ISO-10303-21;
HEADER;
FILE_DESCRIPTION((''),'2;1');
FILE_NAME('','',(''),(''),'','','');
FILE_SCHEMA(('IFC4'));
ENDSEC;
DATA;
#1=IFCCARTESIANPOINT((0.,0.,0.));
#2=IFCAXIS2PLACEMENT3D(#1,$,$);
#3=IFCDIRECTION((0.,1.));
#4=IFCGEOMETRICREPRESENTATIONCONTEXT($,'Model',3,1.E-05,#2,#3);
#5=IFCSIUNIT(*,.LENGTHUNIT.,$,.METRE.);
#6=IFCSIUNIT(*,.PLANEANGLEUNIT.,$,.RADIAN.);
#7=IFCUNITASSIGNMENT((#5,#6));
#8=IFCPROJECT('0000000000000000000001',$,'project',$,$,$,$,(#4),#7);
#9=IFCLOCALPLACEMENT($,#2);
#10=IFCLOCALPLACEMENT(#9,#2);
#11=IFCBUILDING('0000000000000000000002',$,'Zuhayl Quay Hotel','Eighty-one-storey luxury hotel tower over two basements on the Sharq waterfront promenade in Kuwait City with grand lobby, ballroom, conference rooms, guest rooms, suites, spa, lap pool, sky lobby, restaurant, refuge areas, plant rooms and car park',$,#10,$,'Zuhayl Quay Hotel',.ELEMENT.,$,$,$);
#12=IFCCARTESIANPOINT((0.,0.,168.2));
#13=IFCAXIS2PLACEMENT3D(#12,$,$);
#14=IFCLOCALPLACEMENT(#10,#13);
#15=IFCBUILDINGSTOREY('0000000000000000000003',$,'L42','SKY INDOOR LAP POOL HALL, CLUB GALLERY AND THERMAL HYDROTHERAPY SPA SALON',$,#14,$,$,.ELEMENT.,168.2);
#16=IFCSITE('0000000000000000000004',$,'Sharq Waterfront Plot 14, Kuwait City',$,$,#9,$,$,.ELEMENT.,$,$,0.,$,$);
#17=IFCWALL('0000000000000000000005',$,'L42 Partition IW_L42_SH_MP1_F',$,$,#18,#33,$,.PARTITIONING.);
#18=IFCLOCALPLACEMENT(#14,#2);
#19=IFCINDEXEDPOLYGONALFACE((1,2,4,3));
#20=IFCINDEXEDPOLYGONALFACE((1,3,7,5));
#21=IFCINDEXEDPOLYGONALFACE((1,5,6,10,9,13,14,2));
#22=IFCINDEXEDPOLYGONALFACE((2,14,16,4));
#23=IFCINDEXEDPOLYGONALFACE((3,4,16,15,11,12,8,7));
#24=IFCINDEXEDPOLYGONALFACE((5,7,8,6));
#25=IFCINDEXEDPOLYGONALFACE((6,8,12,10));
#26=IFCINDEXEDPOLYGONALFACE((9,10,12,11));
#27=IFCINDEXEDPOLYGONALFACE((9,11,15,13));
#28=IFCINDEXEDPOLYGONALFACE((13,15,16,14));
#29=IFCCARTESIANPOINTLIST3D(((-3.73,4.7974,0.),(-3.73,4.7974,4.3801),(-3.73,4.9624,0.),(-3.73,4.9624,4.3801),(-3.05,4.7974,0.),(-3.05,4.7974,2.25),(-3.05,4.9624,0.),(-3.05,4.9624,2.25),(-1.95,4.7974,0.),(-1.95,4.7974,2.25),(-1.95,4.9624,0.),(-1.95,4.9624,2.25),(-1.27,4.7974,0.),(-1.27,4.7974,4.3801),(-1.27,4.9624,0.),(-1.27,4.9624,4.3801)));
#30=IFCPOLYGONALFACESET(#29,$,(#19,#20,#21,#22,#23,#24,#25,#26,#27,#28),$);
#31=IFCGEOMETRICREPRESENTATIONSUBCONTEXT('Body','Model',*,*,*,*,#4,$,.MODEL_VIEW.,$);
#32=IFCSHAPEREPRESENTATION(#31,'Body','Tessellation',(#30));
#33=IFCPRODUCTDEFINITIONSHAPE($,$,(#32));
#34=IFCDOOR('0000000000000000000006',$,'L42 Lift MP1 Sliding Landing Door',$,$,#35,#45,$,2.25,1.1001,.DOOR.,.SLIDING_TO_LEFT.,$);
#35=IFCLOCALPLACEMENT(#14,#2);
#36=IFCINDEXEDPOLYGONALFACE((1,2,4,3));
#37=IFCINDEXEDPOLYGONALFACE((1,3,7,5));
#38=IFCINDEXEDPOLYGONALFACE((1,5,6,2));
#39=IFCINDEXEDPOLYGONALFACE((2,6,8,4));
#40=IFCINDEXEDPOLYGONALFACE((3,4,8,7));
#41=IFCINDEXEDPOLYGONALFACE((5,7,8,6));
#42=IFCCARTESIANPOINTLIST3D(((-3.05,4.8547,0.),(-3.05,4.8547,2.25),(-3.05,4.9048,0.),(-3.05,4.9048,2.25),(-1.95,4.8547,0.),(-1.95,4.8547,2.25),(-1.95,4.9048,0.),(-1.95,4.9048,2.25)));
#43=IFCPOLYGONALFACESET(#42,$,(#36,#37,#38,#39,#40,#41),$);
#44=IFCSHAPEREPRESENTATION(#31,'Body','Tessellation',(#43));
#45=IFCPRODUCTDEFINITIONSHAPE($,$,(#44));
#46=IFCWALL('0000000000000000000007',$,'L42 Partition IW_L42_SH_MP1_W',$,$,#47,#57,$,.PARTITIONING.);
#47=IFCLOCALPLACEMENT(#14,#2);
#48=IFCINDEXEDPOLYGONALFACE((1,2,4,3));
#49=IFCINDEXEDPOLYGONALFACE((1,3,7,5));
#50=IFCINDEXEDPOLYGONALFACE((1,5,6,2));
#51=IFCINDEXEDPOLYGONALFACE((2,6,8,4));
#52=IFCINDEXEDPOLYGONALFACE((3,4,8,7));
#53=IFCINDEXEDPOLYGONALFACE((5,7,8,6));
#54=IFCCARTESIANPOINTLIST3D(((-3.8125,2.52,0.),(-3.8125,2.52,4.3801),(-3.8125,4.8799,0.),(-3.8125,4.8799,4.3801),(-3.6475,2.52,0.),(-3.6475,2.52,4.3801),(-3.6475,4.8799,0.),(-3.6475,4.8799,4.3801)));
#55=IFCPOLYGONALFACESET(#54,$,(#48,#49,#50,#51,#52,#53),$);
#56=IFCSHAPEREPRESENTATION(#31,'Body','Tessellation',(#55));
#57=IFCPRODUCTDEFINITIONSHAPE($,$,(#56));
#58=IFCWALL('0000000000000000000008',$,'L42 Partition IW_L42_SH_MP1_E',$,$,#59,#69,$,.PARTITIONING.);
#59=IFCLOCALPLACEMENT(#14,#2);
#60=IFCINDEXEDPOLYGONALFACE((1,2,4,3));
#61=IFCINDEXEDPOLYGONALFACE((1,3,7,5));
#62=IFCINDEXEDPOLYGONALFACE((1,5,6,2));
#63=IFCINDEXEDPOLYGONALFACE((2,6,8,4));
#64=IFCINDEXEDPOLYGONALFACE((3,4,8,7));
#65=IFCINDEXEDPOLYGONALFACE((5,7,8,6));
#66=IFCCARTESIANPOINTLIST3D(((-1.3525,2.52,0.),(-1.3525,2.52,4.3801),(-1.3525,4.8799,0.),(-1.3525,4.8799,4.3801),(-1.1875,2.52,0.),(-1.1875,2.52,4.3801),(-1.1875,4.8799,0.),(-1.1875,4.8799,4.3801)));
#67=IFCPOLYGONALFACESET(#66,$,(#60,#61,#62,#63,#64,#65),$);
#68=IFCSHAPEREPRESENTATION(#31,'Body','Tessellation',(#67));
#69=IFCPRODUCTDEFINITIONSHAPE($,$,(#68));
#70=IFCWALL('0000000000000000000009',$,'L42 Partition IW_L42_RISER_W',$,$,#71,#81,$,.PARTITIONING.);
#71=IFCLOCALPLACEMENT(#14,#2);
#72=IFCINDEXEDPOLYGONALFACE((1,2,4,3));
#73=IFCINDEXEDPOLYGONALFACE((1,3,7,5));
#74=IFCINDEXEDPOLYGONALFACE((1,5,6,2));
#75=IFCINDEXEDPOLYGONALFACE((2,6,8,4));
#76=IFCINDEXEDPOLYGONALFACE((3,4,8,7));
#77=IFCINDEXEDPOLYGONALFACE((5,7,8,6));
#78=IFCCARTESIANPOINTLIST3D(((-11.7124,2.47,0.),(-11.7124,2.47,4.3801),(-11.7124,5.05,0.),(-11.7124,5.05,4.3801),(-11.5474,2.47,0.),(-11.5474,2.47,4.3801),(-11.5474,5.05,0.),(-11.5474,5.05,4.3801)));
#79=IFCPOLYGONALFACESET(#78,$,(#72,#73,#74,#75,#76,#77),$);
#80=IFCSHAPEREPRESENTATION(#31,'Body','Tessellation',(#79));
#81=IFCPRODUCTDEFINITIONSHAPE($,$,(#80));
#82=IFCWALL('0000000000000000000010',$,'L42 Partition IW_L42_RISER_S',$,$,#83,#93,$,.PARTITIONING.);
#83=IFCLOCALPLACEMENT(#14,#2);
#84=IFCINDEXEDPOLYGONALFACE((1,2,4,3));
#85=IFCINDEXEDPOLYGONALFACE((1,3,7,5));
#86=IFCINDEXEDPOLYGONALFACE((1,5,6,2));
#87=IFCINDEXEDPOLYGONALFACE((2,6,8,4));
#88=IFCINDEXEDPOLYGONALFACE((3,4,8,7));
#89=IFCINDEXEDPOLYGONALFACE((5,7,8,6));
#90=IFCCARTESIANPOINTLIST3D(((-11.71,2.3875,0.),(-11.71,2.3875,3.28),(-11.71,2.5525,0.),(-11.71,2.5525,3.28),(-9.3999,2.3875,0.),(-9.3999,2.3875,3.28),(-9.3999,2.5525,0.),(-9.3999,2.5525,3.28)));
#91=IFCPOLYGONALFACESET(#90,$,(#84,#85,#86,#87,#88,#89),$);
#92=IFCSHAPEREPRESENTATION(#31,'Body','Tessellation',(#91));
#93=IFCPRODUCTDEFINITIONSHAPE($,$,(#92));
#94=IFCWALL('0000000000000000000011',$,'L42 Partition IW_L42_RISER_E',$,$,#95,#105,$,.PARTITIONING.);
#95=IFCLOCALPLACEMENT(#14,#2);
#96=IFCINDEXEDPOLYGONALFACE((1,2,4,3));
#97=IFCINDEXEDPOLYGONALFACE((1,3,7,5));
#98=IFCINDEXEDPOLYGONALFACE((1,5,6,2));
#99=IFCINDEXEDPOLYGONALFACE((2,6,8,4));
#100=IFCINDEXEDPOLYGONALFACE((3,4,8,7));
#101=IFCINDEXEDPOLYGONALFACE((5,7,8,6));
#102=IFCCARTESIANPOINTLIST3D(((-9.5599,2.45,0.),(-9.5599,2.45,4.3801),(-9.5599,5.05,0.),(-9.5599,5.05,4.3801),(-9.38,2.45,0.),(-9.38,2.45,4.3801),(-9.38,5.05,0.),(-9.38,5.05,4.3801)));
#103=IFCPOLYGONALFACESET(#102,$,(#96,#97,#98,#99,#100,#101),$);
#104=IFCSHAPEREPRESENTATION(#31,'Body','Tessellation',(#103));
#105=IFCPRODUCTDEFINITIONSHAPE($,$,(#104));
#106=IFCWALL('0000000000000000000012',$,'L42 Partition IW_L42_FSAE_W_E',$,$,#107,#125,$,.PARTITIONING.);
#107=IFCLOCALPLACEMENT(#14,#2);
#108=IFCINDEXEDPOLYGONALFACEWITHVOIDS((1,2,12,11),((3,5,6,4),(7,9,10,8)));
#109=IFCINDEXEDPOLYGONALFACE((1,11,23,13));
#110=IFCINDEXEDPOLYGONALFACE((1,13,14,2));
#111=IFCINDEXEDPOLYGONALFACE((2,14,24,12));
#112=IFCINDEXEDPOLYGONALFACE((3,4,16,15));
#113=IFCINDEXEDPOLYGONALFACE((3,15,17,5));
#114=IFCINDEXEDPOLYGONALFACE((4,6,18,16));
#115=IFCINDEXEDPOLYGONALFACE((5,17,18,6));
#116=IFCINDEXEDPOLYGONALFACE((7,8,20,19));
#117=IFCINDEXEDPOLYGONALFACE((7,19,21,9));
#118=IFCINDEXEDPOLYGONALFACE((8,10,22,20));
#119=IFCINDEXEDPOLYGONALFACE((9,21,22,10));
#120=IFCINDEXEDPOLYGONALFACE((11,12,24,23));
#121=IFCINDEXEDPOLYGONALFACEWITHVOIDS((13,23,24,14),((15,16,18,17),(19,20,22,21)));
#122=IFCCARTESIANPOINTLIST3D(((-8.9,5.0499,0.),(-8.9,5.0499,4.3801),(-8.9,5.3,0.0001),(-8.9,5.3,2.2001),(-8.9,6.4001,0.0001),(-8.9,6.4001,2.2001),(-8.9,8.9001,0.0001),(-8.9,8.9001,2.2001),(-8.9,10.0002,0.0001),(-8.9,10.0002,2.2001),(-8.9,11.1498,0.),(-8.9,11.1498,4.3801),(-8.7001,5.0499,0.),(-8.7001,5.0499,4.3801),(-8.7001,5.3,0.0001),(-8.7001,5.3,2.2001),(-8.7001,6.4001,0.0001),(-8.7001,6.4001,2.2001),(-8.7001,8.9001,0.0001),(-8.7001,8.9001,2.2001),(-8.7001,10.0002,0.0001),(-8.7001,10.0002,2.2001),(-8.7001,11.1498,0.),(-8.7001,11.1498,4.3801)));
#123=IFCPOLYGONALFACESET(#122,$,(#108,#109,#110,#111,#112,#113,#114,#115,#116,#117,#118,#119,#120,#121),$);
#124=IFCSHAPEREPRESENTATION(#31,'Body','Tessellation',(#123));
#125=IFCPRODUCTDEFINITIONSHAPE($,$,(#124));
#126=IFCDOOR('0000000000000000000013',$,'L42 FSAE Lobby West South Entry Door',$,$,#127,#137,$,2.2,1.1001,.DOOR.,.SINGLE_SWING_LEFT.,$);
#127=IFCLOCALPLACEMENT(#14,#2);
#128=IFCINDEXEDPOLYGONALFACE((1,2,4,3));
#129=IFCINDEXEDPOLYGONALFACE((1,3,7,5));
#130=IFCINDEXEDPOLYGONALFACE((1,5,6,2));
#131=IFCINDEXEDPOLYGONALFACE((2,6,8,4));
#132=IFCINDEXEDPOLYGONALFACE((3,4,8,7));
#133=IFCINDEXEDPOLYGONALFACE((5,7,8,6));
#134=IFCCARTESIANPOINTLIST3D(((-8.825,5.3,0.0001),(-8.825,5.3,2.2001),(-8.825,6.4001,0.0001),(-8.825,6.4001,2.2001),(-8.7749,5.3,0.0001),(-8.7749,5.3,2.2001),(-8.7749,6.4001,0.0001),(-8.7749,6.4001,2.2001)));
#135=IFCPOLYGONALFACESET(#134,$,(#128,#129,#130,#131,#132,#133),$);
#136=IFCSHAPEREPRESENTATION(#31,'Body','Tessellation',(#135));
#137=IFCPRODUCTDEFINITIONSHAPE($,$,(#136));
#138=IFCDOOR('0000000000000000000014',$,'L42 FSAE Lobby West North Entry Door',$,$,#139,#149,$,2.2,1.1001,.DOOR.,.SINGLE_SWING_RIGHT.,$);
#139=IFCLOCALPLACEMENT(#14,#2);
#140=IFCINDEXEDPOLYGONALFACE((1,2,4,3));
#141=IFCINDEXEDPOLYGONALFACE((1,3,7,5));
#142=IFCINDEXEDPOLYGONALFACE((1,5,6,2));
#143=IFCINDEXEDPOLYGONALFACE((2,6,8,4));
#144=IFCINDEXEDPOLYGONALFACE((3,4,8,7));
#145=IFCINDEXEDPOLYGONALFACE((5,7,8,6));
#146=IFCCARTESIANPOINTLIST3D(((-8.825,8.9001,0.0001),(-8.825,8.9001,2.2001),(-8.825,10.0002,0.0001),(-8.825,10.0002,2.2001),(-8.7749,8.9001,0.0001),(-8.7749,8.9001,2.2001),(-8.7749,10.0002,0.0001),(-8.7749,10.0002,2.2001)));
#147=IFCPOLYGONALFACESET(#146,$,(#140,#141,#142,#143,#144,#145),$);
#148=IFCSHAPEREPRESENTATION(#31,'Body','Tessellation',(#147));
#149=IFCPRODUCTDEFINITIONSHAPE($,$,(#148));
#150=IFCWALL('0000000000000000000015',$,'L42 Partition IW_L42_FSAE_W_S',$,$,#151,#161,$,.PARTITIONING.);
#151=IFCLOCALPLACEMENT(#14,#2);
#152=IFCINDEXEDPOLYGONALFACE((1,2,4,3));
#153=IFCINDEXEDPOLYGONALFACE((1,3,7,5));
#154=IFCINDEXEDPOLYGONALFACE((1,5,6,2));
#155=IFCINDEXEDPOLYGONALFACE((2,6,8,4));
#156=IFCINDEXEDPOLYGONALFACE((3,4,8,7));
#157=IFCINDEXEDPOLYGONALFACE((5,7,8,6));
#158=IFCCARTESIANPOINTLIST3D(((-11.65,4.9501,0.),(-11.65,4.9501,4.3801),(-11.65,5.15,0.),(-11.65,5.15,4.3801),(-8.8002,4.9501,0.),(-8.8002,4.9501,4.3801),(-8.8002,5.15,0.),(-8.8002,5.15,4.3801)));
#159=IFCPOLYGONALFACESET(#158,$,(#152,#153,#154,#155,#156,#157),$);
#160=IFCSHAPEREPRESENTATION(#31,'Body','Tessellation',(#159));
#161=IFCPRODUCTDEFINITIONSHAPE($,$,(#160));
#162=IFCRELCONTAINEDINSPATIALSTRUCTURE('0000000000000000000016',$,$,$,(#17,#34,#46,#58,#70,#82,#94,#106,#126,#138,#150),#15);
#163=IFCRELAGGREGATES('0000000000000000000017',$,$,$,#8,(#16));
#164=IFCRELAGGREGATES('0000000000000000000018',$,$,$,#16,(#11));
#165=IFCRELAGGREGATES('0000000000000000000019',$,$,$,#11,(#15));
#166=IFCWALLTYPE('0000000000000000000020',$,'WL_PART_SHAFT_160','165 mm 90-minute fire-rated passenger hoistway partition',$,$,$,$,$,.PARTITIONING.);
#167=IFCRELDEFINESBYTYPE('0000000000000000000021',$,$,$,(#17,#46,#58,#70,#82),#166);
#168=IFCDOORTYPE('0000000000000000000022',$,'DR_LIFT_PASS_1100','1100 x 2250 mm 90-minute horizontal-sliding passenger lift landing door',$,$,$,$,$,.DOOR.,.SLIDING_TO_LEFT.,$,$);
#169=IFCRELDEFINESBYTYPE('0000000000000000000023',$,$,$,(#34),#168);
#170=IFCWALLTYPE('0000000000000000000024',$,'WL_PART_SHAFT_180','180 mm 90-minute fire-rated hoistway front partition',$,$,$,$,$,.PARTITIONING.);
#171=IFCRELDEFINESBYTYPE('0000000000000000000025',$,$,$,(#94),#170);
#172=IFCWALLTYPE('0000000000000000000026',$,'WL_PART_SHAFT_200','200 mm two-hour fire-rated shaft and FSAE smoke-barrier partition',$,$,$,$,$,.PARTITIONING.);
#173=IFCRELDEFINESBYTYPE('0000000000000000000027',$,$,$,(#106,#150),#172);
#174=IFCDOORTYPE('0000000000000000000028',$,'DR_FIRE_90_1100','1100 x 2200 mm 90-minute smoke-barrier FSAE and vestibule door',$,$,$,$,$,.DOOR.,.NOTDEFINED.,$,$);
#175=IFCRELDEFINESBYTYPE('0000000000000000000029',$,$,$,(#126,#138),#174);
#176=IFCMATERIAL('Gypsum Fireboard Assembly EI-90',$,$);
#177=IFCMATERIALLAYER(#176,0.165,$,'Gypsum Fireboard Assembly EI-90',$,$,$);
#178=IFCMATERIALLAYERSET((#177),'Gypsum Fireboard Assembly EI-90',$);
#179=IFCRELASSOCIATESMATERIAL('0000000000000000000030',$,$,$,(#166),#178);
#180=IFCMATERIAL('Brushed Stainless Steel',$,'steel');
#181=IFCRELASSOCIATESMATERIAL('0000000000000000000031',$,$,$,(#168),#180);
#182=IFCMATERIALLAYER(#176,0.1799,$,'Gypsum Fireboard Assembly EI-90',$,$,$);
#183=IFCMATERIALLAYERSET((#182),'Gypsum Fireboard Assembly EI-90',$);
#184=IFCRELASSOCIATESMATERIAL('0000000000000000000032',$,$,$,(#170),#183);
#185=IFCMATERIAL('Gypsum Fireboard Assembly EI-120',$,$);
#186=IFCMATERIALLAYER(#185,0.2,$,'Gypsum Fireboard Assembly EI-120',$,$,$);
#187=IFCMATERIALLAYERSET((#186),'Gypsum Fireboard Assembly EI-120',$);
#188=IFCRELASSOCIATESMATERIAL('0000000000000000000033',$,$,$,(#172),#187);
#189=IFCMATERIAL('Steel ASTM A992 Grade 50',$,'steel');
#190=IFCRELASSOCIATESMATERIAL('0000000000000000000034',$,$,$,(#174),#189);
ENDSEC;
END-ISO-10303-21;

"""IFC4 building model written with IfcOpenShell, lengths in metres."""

from ifc_helpers import new_model, si_unit, direction, frame, frame_2d, origin, place, context, subcontext, project, spatial, rectangle, extrude, material, layer, layer_set, type_object, element, fill, save


model = new_model("IFC4")

# Units and contexts
model_context = context("Model", 3, precision=1e-05, world=origin(), true_north=direction((0.0, 1.0)))
body_context = subcontext(model_context, "Body", "Model", "MODEL_VIEW")
ifc_project = project(units=[si_unit("LENGTHUNIT", "METRE"), si_unit("PLANEANGLEUNIT", "RADIAN")], contexts=[model_context])

# Site, building, storey
site_placement = place(None, origin())
site = spatial("IfcSite", under=ifc_project, at=site_placement, Name="Sharq Waterfront Plot 14, Kuwait City", CompositionType="ELEMENT", RefElevation=0.0)
building_placement = place(site_placement, origin())
building = spatial("IfcBuilding", under=site, at=building_placement, Name="Zuhayl Quay Hotel", Description="Eighty-one-storey luxury hotel tower over two basements on the Sharq waterfront promenade in Kuwait City with grand lobby, ballroom, conference rooms, guest rooms, suites, spa, lap pool, sky lobby, restaurant, refuge areas, plant rooms and car park", LongName="Zuhayl Quay Hotel", CompositionType="ELEMENT")
storey_placement = place(building_placement, frame((0.0, 0.0, 168.2)))
storey = spatial("IfcBuildingStorey", under=building, at=storey_placement, Name="L42", Description="SKY INDOOR LAP POOL HALL, CLUB GALLERY AND THERMAL HYDROTHERAPY SPA SALON", CompositionType="ELEMENT", Elevation=168.2)

# Shared definitions
ifc_material_1 = material(Name="Steel ASTM A992 Grade 50", Category="steel")

# Wall, opening, door
ifc_material_2 = material(Name="Gypsum Fireboard Assembly EI-90")
ifc_layer_1 = layer(ifc_material_2, 0.165, Name="Gypsum Fireboard Assembly EI-90")
ifc_layer_set_1 = layer_set([ifc_layer_1], Name="Gypsum Fireboard Assembly EI-90")
wall_type_1 = type_object("IfcWallType", Name="WL_PART_SHAFT_160", Description="165 mm 90-minute fire-rated passenger hoistway partition", PredefinedType="PARTITIONING", material=ifc_layer_set_1)
wall_1_placement = place(storey_placement, frame((-3.73, 4.8799, 0.0), z_axis=(0.0, 0.0, 1.0), x_axis=(1.0, 0.0, 0.0)))
wall_1 = element("IfcWall", 1, at=wall_1_placement, inside=storey, type_object=wall_type_1, Name="L42 Partition IW_L42_SH_MP1_F", PredefinedType="PARTITIONING", context=body_context, shape_type="SweptSolid", body=[
    extrude(rectangle(XDim=2.46, YDim=0.165, at=frame_2d((1.23, 0.0))), origin(), (0.0, 0.0, 1.0), 4.3801),
])
opening_1_placement = place(wall_1_placement, frame((0.6799, 0.0, 0.0)))
opening_1 = element("IfcOpeningElement", 2, at=opening_1_placement, cuts=wall_1, PredefinedType="OPENING", context=body_context, shape_type="SweptSolid", body=[
    extrude(rectangle(XDim=1.1001, YDim=2.25, at=frame_2d((0.55, 1.125))), frame((0.0, 0.0925, 0.0), z_axis=(0.0, -1.0, 0.0), x_axis=(1.0, 0.0, 0.0)), (0.0, 0.0, 1.0), 0.1851),
])
ifc_material_3 = material(Name="Brushed Stainless Steel", Category="steel")
door_type_1 = type_object("IfcDoorType", Name="DR_LIFT_PASS_1100", Description="1100 x 2250 mm 90-minute horizontal-sliding passenger lift landing door", OperationType="SLIDING_TO_LEFT", PredefinedType="DOOR", material=ifc_material_3)
door_1_placement = place(opening_1_placement, origin())
door_1 = element("IfcDoor", 3, at=door_1_placement, inside=storey, type_object=door_type_1, Name="L42 Lift MP1 Sliding Landing Door", OperationType="SLIDING_TO_LEFT", OverallHeight=2.25, OverallWidth=1.1001, PredefinedType="DOOR", context=body_context, shape_type="SweptSolid", body=[
    extrude(rectangle(XDim=1.1001, YDim=2.25, at=frame_2d((0.55, 1.125))), frame((0.0, 0.0249, 0.0), z_axis=(0.0, -1.0, 0.0), x_axis=(1.0, 0.0, 0.0)), (0.0, 0.0, 1.0), 0.05),
])
fill(opening_1, door_1)

# Walls
for number, where, z_axis, x_axis, name in (
    (4, (-3.73, 2.52, 0.0), (0.0, 0.0, 1.0), (0.0, 1.0, 0.0), "L42 Partition IW_L42_SH_MP1_W"),
    (5, (-1.27, 2.52, 0.0), (0.0, 0.0, 1.0), (0.0, 1.0, 0.0), "L42 Partition IW_L42_SH_MP1_E"),
):
    element("IfcWall", number, at=place(storey_placement, frame(where, z_axis=z_axis, x_axis=x_axis)), inside=storey, type_object=wall_type_1, Name=name, PredefinedType="PARTITIONING", context=body_context, shape_type="SweptSolid", body=[
        extrude(rectangle(XDim=2.3599, YDim=0.165, at=frame_2d((1.1799, 0.0))), origin(), (0.0, 0.0, 1.0), 4.3801),
    ])
wall_2_placement = place(storey_placement, frame((-11.6299, 2.47, 0.0), z_axis=(0.0, 0.0, 1.0), x_axis=(0.0, 1.0, 0.0)))
element("IfcWall", 6, at=wall_2_placement, inside=storey, type_object=wall_type_1, Name="L42 Partition IW_L42_RISER_W", PredefinedType="PARTITIONING", context=body_context, shape_type="SweptSolid", body=[
    extrude(rectangle(XDim=2.5801, YDim=0.165, at=frame_2d((1.29, 0.0))), origin(), (0.0, 0.0, 1.0), 4.3801),
])
wall_3_placement = place(storey_placement, frame((-11.71, 2.47, 0.0), z_axis=(0.0, 0.0, 1.0), x_axis=(1.0, 0.0, 0.0)))
element("IfcWall", 7, at=wall_3_placement, inside=storey, type_object=wall_type_1, Name="L42 Partition IW_L42_RISER_S", PredefinedType="PARTITIONING", context=body_context, shape_type="SweptSolid", body=[
    extrude(rectangle(XDim=2.3101, YDim=0.165, at=frame_2d((1.155, 0.0))), origin(), (0.0, 0.0, 1.0), 3.28),
])
ifc_layer_2 = layer(ifc_material_2, 0.1799, Name="Gypsum Fireboard Assembly EI-90")
ifc_layer_set_2 = layer_set([ifc_layer_2], Name="Gypsum Fireboard Assembly EI-90")
wall_type_2 = type_object("IfcWallType", Name="WL_PART_SHAFT_180", Description="180 mm 90-minute fire-rated hoistway front partition", PredefinedType="PARTITIONING", material=ifc_layer_set_2)
wall_4_placement = place(storey_placement, frame((-9.47, 2.45, 0.0), z_axis=(0.0, 0.0, 1.0), x_axis=(0.0, 1.0, 0.0)))
element("IfcWall", 8, at=wall_4_placement, inside=storey, type_object=wall_type_2, Name="L42 Partition IW_L42_RISER_E", PredefinedType="PARTITIONING", context=body_context, shape_type="SweptSolid", body=[
    extrude(rectangle(XDim=2.6001, YDim=0.1799, at=frame_2d((1.3, 0.0))), origin(), (0.0, 0.0, 1.0), 4.3801),
])

# Wall, openings, doors
ifc_material_4 = material(Name="Gypsum Fireboard Assembly EI-120")
ifc_layer_3 = layer(ifc_material_4, 0.2, Name="Gypsum Fireboard Assembly EI-120")
ifc_layer_set_3 = layer_set([ifc_layer_3], Name="Gypsum Fireboard Assembly EI-120")
wall_type_3 = type_object("IfcWallType", Name="WL_PART_SHAFT_200", Description="200 mm two-hour fire-rated shaft and FSAE smoke-barrier partition", PredefinedType="PARTITIONING", material=ifc_layer_set_3)
wall_5_placement = place(storey_placement, frame((-8.8, 5.05, 0.0), z_axis=(0.0, 0.0, 1.0), x_axis=(0.0, 1.0, 0.0)))
wall_5 = element("IfcWall", 9, at=wall_5_placement, inside=storey, type_object=wall_type_3, Name="L42 Partition IW_L42_FSAE_W_E", PredefinedType="PARTITIONING", context=body_context, shape_type="SweptSolid", body=[
    extrude(rectangle(XDim=6.0999, YDim=0.2, at=frame_2d((3.0498, 0.0))), origin(), (0.0, 0.0, 1.0), 4.3801),
])
opening_2_placement = place(wall_5_placement, frame((0.25, 0.0, 0.0)))
opening_2 = element("IfcOpeningElement", 10, at=opening_2_placement, cuts=wall_5, PredefinedType="OPENING", context=body_context, shape_type="SweptSolid", body=[
    extrude(rectangle(XDim=1.1001, YDim=2.2, at=frame_2d((0.55, 1.1001))), frame((0.0, 0.1099, 0.0), z_axis=(0.0, -1.0, 0.0), x_axis=(1.0, 0.0, 0.0)), (0.0, 0.0, 1.0), 0.22),
])
opening_3_placement = place(wall_5_placement, frame((3.8501, 0.0, 0.0)))
opening_3 = element("IfcOpeningElement", 11, at=opening_3_placement, cuts=wall_5, PredefinedType="OPENING", context=body_context, shape_type="SweptSolid", body=[
    extrude(rectangle(XDim=1.1001, YDim=2.2, at=frame_2d((0.55, 1.1001))), frame((0.0, 0.1099, 0.0), z_axis=(0.0, -1.0, 0.0), x_axis=(1.0, 0.0, 0.0)), (0.0, 0.0, 1.0), 0.22),
])
door_type_2 = type_object("IfcDoorType", Name="DR_FIRE_90_1100", Description="1100 x 2200 mm 90-minute smoke-barrier FSAE and vestibule door", OperationType="NOTDEFINED", PredefinedType="DOOR", material=ifc_material_1)
door_2_placement = place(opening_2_placement, origin())
door_2 = element("IfcDoor", 12, at=door_2_placement, inside=storey, type_object=door_type_2, Name="L42 FSAE Lobby West South Entry Door", OperationType="SINGLE_SWING_LEFT", OverallHeight=2.2, OverallWidth=1.1001, PredefinedType="DOOR", context=body_context, shape_type="SweptSolid", body=[
    extrude(rectangle(XDim=1.1001, YDim=2.2, at=frame_2d((0.55, 1.1001))), frame((0.0, 0.0249, 0.0), z_axis=(0.0, -1.0, 0.0), x_axis=(1.0, 0.0, 0.0)), (0.0, 0.0, 1.0), 0.05),
])
fill(opening_2, door_2)
door_3_placement = place(opening_3_placement, origin())
door_3 = element("IfcDoor", 13, at=door_3_placement, inside=storey, type_object=door_type_2, Name="L42 FSAE Lobby West North Entry Door", OperationType="SINGLE_SWING_RIGHT", OverallHeight=2.2, OverallWidth=1.1001, PredefinedType="DOOR", context=body_context, shape_type="SweptSolid", body=[
    extrude(rectangle(XDim=1.1001, YDim=2.2, at=frame_2d((0.55, 1.1001))), frame((0.0, 0.0249, 0.0), z_axis=(0.0, -1.0, 0.0), x_axis=(1.0, 0.0, 0.0)), (0.0, 0.0, 1.0), 0.05),
])
fill(opening_3, door_3)

# Wall
wall_6_placement = place(storey_placement, frame((-11.6499, 5.05, 0.0), z_axis=(0.0, 0.0, 1.0), x_axis=(1.0, 0.0, 0.0)))
element("IfcWall", 14, at=wall_6_placement, inside=storey, type_object=wall_type_3, Name="L42 Partition IW_L42_FSAE_W_S", PredefinedType="PARTITIONING", context=body_context, shape_type="SweptSolid", body=[
    extrude(rectangle(XDim=2.8499, YDim=0.2, at=frame_2d((1.4248, 0.0))), origin(), (0.0, 0.0, 1.0), 4.3801),
])

save(model, "model.ifc")
